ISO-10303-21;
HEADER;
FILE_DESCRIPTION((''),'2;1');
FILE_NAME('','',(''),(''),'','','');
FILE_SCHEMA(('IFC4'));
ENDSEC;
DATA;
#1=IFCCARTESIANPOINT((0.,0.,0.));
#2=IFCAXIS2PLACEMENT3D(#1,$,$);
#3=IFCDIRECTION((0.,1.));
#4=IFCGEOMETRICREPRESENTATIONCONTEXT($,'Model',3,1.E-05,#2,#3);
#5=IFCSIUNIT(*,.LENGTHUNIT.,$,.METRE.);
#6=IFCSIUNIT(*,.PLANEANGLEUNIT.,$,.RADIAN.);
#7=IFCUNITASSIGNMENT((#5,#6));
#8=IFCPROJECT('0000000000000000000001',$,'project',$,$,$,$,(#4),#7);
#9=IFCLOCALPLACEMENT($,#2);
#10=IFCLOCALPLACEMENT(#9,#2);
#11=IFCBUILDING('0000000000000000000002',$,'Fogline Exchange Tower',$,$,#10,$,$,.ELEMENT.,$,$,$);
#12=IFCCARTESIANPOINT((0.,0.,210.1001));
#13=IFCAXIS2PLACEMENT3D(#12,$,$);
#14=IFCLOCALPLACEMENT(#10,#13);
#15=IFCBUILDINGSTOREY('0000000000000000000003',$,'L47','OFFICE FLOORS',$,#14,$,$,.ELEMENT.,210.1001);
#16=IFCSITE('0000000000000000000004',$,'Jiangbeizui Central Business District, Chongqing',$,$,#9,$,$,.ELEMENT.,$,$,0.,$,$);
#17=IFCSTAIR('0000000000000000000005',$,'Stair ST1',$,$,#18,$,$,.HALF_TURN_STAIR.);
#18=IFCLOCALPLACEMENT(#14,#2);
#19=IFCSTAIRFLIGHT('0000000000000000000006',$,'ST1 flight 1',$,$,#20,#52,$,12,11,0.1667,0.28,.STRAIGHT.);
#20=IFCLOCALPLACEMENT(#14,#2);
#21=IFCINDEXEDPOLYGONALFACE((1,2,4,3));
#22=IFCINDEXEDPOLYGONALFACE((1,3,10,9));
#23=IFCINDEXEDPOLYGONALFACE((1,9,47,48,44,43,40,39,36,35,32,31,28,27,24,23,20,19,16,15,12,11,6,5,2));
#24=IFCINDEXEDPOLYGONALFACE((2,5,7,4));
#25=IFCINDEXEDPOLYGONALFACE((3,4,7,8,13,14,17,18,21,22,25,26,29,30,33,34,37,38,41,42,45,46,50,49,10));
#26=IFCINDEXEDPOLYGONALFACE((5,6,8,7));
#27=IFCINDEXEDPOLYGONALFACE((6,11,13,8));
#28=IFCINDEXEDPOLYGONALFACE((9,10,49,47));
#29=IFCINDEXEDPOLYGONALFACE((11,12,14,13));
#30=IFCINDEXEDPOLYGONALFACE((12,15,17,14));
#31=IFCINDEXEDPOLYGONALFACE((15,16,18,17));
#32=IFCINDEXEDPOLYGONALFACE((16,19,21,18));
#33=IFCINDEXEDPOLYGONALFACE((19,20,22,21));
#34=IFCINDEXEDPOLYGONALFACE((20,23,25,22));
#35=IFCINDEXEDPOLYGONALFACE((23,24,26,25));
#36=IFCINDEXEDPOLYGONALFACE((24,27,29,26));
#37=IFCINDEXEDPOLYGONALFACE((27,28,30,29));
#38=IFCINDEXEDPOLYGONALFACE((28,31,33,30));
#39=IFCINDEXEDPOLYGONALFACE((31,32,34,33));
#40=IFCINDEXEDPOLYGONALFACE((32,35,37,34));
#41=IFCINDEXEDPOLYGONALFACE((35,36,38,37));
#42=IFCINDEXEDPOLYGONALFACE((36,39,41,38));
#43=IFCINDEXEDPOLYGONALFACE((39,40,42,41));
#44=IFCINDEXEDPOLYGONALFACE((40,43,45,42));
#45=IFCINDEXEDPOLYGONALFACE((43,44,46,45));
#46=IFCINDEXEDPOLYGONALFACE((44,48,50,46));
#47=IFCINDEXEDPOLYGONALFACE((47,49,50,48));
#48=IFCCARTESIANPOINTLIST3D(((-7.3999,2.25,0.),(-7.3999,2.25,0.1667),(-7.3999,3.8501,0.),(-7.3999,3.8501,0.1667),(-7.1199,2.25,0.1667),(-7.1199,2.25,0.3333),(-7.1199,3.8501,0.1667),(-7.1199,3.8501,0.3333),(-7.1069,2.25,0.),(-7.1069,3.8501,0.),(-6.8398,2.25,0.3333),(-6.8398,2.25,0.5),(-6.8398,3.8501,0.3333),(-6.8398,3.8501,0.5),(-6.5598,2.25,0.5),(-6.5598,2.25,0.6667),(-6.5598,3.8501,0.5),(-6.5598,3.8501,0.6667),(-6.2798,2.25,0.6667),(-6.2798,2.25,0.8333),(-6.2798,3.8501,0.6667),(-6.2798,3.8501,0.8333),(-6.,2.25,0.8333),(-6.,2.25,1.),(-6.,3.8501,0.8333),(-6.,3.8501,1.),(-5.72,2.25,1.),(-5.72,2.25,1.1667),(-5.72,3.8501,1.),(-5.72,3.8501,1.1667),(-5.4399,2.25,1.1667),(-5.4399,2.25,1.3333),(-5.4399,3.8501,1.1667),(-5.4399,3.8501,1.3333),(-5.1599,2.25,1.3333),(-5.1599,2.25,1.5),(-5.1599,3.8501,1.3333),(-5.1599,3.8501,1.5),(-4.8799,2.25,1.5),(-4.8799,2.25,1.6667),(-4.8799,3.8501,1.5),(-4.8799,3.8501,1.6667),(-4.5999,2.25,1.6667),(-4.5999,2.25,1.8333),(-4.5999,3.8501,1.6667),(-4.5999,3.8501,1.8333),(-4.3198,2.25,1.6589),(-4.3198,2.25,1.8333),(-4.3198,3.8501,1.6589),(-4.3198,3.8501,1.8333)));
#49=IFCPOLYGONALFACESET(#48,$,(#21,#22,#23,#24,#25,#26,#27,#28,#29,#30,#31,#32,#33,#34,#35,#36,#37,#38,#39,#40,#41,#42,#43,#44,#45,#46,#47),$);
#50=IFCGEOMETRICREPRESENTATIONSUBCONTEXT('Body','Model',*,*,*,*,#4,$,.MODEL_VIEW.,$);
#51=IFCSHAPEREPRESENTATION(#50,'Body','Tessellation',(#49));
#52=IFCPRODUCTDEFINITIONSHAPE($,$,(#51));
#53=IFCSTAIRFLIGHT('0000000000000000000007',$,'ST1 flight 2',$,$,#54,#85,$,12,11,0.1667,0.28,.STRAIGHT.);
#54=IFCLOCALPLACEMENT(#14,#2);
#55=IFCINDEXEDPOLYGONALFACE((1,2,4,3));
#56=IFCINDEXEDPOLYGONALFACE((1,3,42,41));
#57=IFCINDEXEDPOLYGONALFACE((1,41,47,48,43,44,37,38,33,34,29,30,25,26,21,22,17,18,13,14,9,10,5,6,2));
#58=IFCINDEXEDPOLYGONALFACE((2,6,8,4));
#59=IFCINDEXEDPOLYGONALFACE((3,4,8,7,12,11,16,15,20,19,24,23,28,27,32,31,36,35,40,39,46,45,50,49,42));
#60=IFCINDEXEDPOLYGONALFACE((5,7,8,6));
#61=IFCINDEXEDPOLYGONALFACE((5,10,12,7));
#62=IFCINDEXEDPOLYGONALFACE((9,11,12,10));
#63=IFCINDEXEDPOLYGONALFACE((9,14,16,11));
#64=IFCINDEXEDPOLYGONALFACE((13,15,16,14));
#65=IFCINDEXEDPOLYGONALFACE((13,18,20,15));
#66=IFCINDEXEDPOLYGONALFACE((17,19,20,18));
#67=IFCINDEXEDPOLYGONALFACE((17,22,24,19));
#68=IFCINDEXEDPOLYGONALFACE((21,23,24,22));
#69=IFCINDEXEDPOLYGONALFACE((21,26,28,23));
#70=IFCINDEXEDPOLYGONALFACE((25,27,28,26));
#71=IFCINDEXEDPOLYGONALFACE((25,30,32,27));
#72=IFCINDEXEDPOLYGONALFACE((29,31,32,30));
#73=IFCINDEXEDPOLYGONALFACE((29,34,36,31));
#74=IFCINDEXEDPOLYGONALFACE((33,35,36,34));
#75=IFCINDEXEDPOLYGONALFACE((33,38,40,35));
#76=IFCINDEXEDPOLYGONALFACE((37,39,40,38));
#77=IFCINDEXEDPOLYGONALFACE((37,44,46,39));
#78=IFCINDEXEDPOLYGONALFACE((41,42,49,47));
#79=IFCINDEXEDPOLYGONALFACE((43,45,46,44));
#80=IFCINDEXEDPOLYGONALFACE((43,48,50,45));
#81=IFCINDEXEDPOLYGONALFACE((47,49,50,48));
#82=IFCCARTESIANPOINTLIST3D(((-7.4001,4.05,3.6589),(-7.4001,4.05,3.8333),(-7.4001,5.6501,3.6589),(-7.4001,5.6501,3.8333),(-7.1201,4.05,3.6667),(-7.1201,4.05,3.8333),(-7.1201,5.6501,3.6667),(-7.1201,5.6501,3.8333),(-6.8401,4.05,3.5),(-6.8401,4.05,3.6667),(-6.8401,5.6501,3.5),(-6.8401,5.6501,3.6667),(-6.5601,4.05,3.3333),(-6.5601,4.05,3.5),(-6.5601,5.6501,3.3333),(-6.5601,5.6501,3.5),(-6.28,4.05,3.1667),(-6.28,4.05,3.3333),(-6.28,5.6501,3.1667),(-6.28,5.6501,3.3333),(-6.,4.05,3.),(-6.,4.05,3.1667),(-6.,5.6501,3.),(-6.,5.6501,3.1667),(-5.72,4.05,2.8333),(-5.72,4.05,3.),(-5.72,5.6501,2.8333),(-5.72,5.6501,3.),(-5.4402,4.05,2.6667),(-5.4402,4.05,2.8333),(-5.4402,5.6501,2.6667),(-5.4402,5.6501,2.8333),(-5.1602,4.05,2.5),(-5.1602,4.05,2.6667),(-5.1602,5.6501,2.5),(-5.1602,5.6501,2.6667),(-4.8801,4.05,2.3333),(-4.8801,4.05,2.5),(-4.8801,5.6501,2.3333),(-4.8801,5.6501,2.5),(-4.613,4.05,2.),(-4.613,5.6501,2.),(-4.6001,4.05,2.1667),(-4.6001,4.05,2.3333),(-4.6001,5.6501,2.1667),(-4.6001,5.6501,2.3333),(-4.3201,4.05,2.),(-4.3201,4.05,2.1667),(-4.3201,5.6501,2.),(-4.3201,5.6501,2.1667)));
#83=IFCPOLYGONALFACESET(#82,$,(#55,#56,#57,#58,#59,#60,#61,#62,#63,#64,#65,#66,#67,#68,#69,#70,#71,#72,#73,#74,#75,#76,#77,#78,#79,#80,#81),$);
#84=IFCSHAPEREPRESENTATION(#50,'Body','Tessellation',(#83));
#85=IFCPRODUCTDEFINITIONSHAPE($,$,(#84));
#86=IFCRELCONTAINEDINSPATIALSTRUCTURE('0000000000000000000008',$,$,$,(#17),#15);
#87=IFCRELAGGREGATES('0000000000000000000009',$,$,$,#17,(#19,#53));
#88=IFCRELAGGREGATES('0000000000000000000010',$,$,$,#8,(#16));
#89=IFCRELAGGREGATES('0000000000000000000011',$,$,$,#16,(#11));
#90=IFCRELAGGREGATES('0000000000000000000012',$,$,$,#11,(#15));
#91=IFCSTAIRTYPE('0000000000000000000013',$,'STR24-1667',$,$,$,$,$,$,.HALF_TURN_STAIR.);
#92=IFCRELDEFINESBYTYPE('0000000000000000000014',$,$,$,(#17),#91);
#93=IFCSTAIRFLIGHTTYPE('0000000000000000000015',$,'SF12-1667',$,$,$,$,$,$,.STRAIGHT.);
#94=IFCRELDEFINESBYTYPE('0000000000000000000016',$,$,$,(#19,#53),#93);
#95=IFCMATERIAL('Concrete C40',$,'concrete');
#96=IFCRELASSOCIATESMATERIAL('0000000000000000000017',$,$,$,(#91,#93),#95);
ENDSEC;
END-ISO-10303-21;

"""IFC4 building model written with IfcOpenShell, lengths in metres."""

from ifc_helpers import new_model, si_unit, direction, frame, origin, place, context, subcontext, project, spatial, polyline, outline, extrude, material, type_object, element, aggregate, save


model = new_model("IFC4")

# Units and contexts
model_context = context("Model", 3, precision=1e-05, world=origin(), true_north=direction((0.0, 1.0)))
body_context = subcontext(model_context, "Body", "Model", "MODEL_VIEW")
ifc_project = project(units=[si_unit("LENGTHUNIT", "METRE"), si_unit("PLANEANGLEUNIT", "RADIAN")], contexts=[model_context])

# Site, building, storey
site_placement = place(None, origin())
site = spatial("IfcSite", under=ifc_project, at=site_placement, Name="Jiangbeizui Central Business District, Chongqing", CompositionType="ELEMENT", RefElevation=0.0)
building_placement = place(site_placement, origin())
building = spatial("IfcBuilding", under=site, at=building_placement, Name="Fogline Exchange Tower", CompositionType="ELEMENT")
storey_placement = place(building_placement, frame((0.0, 0.0, 210.1001)))
storey = spatial("IfcBuildingStorey", under=building, at=storey_placement, Name="L47", Description="OFFICE FLOORS", CompositionType="ELEMENT", Elevation=210.1001)

# Shared definitions
ifc_material_1 = material(Name="Concrete C40", Category="concrete")

# Stair, stair flights
stair_type = type_object("IfcStairType", Name="STR24-1667", PredefinedType="HALF_TURN_STAIR", material=ifc_material_1)
stair_placement = place(storey_placement, origin())
stair = element("IfcStair", 1, at=stair_placement, inside=storey, type_object=stair_type, Name="Stair ST1", PredefinedType="HALF_TURN_STAIR")
stair_flight_type = type_object("IfcStairFlightType", Name="SF12-1667", PredefinedType="STRAIGHT", material=ifc_material_1)
stair_flight_1_placement = place(storey_placement, frame((-7.3999, 3.05, 0.0), z_axis=(0.0, 0.0, 1.0), x_axis=(1.0, 0.0, 0.0)))
stair_flight_1 = element("IfcStairFlight", 2, at=stair_flight_1_placement, type_object=stair_flight_type, Name="ST1 flight 1", NumberOfRisers=12, NumberOfTreads=11, PredefinedType="STRAIGHT", RiserHeight=0.1667, TreadLength=0.28, context=body_context, shape_type="SweptSolid", body=[
    extrude(outline(polyline([(0.0, 0.0), (0.0, 0.1667), (0.28, 0.1667), (0.28, 0.3333), (0.5601, 0.3333), (0.5601, 0.5), (0.8401, 0.5), (0.8401, 0.6667), (1.1201, 0.6667), (1.1201, 0.8333), (1.3999, 0.8333), (1.3999, 1.0), (1.6799, 1.0), (1.6799, 1.1667), (1.96, 1.1667), (1.96, 1.3333), (2.24, 1.3333), (2.24, 1.5), (2.52, 1.5), (2.52, 1.6667), (2.8, 1.6667), (2.8, 1.8333), (3.0801, 1.8333), (3.0801, 2.0), (3.0801, 1.6589), (0.293, 0.0), (0.0, 0.0)])), frame((0.0, 0.8, 0.0), z_axis=(0.0, -1.0, 0.0), x_axis=(1.0, 0.0, 0.0)), (0.0, 0.0, 1.0), 1.6001),
])
stair_flight_2_placement = place(storey_placement, frame((-4.3201, 4.8501, 2.0), z_axis=(0.0, 0.0, 1.0), x_axis=(-1.0, 0.0, 0.0)))
stair_flight_2 = element("IfcStairFlight", 3, at=stair_flight_2_placement, type_object=stair_flight_type, Name="ST1 flight 2", NumberOfRisers=12, NumberOfTreads=11, PredefinedType="STRAIGHT", RiserHeight=0.1667, TreadLength=0.28, context=body_context, shape_type="SweptSolid", body=[
    extrude(outline(polyline([(0.0, 0.0), (0.0, 0.1667), (0.28, 0.1667), (0.28, 0.3333), (0.5601, 0.3333), (0.5601, 0.5), (0.8401, 0.5), (0.8401, 0.6667), (1.1201, 0.6667), (1.1201, 0.8333), (1.3999, 0.8333), (1.3999, 1.0), (1.6799, 1.0), (1.6799, 1.1667), (1.96, 1.1667), (1.96, 1.3333), (2.24, 1.3333), (2.24, 1.5), (2.52, 1.5), (2.52, 1.6667), (2.8, 1.6667), (2.8, 1.8333), (3.0801, 1.8333), (3.0801, 2.0), (3.0801, 1.6589), (0.293, 0.0), (0.0, 0.0)])), frame((0.0, 0.8, 0.0), z_axis=(0.0, -1.0, 0.0), x_axis=(1.0, 0.0, 0.0)), (0.0, 0.0, 1.0), 1.6001),
])
aggregate(stair, [stair_flight_1, stair_flight_2])

save(model, "model.ifc")
